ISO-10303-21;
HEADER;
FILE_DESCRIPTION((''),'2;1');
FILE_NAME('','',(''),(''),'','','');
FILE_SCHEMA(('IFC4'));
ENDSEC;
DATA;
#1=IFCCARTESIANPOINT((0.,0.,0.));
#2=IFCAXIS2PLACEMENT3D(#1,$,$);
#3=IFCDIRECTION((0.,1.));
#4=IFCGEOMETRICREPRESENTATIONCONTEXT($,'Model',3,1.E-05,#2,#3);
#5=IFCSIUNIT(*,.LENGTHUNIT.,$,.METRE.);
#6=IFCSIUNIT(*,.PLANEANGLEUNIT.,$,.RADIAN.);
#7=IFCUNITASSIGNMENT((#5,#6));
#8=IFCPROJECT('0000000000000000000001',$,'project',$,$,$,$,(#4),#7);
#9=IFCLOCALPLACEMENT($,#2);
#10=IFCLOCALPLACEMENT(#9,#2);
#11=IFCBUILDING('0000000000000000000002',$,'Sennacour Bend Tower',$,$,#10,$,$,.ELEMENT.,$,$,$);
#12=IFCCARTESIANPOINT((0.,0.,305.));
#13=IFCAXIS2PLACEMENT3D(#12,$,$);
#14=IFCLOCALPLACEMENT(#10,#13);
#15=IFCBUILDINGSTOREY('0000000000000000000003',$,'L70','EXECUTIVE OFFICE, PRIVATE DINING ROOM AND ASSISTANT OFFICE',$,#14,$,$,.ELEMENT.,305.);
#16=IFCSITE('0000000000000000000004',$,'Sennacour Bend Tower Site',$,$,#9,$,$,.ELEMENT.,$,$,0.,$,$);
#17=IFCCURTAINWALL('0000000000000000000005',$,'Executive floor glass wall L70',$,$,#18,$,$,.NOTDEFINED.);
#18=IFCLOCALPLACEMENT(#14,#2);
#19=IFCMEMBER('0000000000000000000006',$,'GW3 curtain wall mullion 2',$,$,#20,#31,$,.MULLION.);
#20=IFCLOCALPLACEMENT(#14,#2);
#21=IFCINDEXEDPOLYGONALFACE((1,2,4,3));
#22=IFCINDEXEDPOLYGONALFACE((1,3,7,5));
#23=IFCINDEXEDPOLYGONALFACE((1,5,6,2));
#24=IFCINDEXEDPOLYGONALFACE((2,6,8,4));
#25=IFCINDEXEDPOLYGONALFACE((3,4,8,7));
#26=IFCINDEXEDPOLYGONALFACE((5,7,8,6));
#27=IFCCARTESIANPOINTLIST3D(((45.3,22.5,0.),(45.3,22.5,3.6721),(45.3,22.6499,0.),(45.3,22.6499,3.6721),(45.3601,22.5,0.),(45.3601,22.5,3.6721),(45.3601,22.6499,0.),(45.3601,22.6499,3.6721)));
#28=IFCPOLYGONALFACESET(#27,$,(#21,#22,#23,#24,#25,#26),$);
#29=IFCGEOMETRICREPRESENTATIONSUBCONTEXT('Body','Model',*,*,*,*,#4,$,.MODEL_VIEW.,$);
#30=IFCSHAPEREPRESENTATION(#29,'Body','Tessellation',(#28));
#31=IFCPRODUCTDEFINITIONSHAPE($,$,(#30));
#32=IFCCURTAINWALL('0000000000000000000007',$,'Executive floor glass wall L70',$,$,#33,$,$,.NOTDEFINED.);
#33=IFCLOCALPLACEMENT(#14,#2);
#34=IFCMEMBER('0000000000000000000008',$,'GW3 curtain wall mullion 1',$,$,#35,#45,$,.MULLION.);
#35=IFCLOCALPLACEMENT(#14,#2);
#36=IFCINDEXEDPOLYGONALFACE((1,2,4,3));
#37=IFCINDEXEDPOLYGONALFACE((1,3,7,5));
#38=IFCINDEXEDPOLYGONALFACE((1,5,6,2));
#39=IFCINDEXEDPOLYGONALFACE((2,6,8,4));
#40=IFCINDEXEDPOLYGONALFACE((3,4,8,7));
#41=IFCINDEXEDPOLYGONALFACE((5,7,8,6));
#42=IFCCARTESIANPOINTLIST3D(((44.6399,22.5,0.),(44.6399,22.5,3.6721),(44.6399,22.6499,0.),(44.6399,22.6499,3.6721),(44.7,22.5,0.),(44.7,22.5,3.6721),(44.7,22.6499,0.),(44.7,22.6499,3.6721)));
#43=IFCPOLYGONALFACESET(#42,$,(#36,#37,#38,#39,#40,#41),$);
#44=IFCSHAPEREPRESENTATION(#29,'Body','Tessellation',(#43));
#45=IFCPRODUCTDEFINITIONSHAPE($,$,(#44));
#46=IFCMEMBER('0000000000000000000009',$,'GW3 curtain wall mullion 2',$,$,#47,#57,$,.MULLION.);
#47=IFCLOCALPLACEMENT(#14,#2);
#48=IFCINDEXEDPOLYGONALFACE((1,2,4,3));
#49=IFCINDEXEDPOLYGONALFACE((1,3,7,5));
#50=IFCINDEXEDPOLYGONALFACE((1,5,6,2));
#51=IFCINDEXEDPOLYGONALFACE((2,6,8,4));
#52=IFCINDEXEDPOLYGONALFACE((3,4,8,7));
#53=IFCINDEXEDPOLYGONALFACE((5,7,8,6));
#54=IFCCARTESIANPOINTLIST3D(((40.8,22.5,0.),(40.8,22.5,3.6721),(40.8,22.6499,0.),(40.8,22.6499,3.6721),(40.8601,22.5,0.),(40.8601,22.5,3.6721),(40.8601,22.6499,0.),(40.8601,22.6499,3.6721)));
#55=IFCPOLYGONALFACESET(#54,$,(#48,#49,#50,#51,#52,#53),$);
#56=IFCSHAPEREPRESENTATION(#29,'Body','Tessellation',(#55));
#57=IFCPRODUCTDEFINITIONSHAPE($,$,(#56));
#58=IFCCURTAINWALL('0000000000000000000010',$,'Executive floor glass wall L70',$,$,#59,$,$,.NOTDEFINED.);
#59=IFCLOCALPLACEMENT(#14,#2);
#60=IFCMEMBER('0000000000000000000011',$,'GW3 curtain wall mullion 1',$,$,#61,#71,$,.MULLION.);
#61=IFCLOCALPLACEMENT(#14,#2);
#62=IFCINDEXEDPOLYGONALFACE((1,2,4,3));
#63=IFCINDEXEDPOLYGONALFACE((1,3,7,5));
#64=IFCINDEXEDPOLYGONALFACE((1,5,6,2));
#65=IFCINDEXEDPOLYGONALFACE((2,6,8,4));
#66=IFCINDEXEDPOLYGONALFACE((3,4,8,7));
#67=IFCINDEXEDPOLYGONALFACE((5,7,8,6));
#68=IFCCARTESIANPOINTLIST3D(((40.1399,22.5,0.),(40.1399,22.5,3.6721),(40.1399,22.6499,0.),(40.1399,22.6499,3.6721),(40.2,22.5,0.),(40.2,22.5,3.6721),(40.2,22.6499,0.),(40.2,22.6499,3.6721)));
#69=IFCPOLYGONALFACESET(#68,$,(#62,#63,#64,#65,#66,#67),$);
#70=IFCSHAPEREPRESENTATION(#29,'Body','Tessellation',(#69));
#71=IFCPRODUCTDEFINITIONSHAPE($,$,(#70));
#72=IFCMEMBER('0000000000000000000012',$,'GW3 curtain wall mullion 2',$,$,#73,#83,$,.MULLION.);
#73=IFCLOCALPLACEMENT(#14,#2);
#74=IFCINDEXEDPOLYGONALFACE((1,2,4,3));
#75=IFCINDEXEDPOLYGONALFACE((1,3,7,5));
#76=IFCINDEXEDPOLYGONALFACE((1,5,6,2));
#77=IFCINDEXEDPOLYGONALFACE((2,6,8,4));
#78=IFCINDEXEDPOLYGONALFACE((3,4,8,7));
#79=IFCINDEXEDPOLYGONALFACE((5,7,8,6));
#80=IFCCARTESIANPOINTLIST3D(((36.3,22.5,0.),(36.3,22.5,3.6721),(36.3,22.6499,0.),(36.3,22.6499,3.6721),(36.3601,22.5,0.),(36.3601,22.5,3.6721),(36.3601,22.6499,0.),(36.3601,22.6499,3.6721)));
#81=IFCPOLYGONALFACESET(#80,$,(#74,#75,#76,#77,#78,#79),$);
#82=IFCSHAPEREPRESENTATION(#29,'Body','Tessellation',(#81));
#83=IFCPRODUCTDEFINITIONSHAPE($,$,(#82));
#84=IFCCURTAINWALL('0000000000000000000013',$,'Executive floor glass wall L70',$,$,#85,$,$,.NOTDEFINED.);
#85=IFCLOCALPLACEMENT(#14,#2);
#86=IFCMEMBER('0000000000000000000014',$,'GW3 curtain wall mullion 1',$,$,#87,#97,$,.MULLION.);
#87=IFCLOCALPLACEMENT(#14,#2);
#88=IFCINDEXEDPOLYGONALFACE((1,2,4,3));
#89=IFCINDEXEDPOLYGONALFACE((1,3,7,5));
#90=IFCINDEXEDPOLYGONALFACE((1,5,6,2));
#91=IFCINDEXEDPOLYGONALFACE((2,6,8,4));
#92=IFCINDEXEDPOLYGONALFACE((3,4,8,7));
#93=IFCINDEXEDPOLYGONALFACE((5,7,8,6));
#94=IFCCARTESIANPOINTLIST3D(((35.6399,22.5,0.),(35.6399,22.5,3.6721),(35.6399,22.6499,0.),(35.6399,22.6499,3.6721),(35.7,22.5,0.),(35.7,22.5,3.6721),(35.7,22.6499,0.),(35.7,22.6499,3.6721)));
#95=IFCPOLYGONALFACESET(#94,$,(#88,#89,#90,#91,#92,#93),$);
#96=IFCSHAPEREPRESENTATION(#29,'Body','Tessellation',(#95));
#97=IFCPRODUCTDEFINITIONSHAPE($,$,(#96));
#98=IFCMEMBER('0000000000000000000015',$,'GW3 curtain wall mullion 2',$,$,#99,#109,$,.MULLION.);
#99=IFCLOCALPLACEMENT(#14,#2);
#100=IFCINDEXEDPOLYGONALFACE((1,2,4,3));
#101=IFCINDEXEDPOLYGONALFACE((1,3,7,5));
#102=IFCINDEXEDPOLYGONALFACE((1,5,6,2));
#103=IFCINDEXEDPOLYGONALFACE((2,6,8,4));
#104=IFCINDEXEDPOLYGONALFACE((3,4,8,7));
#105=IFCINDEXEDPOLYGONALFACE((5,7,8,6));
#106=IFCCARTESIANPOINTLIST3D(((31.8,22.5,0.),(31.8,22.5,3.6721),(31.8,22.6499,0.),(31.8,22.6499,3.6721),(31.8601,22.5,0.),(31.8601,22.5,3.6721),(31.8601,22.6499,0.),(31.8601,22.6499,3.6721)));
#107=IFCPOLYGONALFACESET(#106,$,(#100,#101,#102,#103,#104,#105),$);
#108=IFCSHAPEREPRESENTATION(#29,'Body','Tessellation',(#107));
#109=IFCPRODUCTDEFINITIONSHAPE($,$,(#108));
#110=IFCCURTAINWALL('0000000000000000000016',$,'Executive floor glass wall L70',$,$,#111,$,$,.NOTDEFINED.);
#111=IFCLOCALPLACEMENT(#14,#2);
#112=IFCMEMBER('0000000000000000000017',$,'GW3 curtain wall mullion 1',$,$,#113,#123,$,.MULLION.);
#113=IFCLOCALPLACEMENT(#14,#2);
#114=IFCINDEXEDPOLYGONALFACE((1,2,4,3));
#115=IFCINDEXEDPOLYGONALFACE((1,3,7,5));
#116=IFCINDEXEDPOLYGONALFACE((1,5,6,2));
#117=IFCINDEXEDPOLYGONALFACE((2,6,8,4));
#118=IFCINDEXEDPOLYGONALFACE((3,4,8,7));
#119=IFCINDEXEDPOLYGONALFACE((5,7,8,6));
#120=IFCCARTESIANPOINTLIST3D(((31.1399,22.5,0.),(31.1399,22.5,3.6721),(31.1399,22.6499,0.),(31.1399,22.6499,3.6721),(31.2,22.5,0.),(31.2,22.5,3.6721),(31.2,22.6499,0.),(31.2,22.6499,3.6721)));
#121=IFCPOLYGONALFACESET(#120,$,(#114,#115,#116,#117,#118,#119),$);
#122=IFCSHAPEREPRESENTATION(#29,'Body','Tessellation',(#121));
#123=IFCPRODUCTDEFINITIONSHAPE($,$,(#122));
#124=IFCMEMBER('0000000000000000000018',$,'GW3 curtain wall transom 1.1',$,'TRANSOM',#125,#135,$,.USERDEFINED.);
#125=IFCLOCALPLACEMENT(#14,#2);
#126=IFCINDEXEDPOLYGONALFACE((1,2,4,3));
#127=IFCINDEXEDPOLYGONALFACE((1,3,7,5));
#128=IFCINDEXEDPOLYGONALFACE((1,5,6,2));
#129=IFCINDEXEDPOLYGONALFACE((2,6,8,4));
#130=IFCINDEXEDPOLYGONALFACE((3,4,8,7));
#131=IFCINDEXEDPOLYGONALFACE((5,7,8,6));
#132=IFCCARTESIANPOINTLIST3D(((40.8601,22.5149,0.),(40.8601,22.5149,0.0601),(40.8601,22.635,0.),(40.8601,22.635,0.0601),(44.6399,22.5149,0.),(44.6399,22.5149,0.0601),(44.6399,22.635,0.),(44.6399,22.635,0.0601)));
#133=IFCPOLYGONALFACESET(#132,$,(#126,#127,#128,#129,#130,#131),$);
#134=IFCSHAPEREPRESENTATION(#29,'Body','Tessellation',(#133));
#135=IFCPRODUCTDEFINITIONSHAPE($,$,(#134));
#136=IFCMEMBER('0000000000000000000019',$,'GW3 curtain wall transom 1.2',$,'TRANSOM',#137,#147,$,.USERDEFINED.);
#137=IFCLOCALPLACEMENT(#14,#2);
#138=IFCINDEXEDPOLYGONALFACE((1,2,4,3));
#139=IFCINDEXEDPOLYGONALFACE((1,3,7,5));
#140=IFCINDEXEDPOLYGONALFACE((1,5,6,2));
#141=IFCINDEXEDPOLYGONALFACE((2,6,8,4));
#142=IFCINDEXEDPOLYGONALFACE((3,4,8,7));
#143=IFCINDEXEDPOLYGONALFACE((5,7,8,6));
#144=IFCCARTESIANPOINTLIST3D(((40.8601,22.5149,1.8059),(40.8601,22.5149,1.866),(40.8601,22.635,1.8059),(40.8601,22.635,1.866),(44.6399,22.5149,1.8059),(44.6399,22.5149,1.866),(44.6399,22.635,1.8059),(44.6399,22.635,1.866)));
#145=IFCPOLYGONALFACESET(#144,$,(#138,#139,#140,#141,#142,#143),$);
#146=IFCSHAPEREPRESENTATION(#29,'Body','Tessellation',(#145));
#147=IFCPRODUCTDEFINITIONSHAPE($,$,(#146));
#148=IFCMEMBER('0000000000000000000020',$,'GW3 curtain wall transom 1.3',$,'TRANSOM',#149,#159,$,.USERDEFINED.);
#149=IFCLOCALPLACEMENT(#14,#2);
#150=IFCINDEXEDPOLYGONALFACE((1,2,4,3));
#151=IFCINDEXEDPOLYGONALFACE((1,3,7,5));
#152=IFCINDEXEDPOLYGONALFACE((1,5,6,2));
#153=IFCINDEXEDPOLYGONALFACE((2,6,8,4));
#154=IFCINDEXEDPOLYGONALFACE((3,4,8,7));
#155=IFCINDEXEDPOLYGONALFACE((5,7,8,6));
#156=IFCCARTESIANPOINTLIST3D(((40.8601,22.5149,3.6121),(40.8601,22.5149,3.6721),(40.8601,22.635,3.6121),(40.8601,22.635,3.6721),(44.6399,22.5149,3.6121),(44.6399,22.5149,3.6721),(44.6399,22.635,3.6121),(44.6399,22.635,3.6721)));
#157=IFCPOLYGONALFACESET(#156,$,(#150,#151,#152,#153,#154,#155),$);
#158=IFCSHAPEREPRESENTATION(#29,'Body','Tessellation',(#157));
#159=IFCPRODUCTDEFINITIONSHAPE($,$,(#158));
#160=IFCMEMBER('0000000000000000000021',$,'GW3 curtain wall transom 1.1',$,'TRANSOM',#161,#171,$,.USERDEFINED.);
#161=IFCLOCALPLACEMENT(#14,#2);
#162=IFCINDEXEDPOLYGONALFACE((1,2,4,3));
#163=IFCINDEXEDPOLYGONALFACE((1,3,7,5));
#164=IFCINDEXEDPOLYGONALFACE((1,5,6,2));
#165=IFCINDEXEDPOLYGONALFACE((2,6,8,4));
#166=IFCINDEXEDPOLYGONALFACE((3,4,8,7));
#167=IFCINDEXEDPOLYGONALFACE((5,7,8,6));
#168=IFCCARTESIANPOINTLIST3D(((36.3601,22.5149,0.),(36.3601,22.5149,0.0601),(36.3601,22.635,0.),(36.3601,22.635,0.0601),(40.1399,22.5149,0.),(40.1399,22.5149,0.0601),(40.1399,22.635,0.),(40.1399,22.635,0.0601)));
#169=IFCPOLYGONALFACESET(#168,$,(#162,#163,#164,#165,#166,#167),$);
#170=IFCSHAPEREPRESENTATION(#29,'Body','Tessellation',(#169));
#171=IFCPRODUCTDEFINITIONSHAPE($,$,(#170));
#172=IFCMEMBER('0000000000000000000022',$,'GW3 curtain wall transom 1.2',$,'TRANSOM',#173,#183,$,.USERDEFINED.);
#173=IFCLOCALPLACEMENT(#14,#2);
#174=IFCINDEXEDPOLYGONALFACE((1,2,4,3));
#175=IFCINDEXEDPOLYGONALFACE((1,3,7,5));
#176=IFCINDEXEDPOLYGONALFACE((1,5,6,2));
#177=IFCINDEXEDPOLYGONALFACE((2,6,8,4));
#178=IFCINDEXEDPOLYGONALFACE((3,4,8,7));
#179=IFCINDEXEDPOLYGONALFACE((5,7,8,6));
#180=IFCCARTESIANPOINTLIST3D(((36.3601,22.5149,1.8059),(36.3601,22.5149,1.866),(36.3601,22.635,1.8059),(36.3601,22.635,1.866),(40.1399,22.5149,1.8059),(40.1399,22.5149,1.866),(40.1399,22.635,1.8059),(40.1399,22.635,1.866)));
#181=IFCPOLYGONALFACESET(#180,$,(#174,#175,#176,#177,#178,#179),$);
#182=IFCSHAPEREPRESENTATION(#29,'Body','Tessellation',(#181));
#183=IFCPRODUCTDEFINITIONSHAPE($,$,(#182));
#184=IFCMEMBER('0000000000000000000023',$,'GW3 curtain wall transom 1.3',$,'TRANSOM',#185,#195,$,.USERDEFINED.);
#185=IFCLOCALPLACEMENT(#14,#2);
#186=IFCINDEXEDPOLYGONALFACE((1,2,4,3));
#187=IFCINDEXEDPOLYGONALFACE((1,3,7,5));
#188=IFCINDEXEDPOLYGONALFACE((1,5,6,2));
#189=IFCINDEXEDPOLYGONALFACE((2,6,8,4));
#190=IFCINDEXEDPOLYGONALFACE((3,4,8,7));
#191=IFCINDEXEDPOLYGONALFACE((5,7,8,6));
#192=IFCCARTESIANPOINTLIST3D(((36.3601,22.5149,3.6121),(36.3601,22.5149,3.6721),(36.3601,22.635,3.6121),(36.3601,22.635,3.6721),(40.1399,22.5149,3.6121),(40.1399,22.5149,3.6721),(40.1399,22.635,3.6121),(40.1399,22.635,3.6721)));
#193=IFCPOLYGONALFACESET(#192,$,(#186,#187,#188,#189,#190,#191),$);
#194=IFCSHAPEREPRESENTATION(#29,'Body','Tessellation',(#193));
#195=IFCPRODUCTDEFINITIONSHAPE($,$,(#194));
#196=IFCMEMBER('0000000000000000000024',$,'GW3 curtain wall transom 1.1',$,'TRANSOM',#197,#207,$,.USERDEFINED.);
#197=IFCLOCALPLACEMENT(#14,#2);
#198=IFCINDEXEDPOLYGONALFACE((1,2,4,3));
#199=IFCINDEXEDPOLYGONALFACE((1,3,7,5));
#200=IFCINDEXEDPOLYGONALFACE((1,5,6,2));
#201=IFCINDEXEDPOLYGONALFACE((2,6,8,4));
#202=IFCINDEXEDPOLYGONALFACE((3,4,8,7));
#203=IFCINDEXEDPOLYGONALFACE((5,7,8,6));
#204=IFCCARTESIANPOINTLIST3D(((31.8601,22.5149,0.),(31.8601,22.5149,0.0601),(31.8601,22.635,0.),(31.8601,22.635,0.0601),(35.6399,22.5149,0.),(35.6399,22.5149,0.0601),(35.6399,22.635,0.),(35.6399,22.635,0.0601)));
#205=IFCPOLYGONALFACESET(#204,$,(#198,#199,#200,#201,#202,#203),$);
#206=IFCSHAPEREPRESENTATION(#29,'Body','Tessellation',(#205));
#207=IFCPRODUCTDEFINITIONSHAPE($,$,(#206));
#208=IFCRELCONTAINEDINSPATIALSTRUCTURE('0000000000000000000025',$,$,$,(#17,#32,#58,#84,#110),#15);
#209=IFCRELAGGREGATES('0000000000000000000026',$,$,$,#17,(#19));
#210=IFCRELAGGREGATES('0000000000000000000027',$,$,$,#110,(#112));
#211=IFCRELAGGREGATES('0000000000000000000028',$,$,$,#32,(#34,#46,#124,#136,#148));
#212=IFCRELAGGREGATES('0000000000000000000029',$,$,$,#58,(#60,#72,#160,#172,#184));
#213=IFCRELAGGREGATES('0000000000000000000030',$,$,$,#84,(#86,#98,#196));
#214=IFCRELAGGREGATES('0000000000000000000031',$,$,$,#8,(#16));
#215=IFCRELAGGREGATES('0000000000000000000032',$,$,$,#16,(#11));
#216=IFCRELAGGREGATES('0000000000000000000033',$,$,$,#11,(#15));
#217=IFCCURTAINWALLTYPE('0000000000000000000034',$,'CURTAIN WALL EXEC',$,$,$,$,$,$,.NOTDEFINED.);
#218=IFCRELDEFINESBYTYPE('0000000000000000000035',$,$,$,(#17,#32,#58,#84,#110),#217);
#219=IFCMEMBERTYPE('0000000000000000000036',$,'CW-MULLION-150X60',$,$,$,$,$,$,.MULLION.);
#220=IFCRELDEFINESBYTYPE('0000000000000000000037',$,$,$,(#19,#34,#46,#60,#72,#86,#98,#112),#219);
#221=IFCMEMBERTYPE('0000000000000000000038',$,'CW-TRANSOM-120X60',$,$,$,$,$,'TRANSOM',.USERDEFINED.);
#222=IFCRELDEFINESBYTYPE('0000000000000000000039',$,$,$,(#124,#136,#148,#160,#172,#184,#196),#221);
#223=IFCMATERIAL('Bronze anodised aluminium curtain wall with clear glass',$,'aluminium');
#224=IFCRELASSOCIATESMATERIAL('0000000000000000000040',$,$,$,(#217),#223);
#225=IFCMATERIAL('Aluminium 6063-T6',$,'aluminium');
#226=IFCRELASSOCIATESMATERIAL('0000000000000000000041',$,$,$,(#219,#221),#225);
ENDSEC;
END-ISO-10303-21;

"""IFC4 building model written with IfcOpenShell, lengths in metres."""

from ifc_helpers import new_model, si_unit, direction, frame, origin, origin_2d, place, context, subcontext, project, spatial, rectangle, extrude, material, material_profile, profile_set, type_object, element, aggregate, save


model = new_model("IFC4")

# Units and contexts
model_context = context("Model", 3, precision=1e-05, world=origin(), true_north=direction((0.0, 1.0)))
body_context = subcontext(model_context, "Body", "Model", "MODEL_VIEW")
ifc_project = project(units=[si_unit("LENGTHUNIT", "METRE"), si_unit("PLANEANGLEUNIT", "RADIAN")], contexts=[model_context])

# Site, building, storey
site_placement = place(None, origin())
site = spatial("IfcSite", under=ifc_project, at=site_placement, Name="Sennacour Bend Tower Site", CompositionType="ELEMENT", RefElevation=0.0)
building_placement = place(site_placement, origin())
building = spatial("IfcBuilding", under=site, at=building_placement, Name="Sennacour Bend Tower", CompositionType="ELEMENT")
storey_placement = place(building_placement, frame((0.0, 0.0, 305.0)))
storey = spatial("IfcBuildingStorey", under=building, at=storey_placement, Name="L70", Description="EXECUTIVE OFFICE, PRIVATE DINING ROOM AND ASSISTANT OFFICE", CompositionType="ELEMENT", Elevation=305.0)

# Curtain wall, member
ifc_material_1 = material(Name="Bronze anodised aluminium curtain wall with clear glass", Category="aluminium")
curtain_wall_type = type_object("IfcCurtainWallType", Name="CURTAIN WALL EXEC", PredefinedType="NOTDEFINED", material=ifc_material_1)
curtain_wall_1_placement = place(storey_placement, origin())
curtain_wall_1 = element("IfcCurtainWall", 1, at=curtain_wall_1_placement, inside=storey, type_object=curtain_wall_type, Name="Executive floor glass wall L70", PredefinedType="NOTDEFINED")
ifc_material_2 = material(Name="Aluminium 6063-T6", Category="aluminium")
ifc_material_profile_1 = material_profile(ifc_material_2, rectangle(XDim=0.1499, YDim=0.0601, at=origin_2d()), Name="Aluminium 6063-T6", Category="aluminium")
ifc_profile_set_1 = profile_set([ifc_material_profile_1], Name="Aluminium 6063-T6")
member_type_1 = type_object("IfcMemberType", Name="CW-MULLION-150X60", PredefinedType="MULLION", material=ifc_profile_set_1)
member_1_placement = place(storey_placement, frame((45.3301, 22.575, 0.0), z_axis=(0.0, 0.0, 1.0), x_axis=(0.0, -1.0, 0.0)))
member_1 = element("IfcMember", 2, at=member_1_placement, type_object=member_type_1, Name="GW3 curtain wall mullion 2", PredefinedType="MULLION", context=body_context, shape_type="SweptSolid", body=[
    extrude(rectangle(XDim=0.1499, YDim=0.0601, at=origin_2d()), origin(), (0.0, 0.0, 1.0), 3.6721),
])
aggregate(curtain_wall_1, [member_1])

# Curtain walls, members
curtain_wall_2_placement = place(storey_placement, origin())
curtain_wall_2 = element("IfcCurtainWall", 3, at=curtain_wall_2_placement, inside=storey, type_object=curtain_wall_type, Name="Executive floor glass wall L70", PredefinedType="NOTDEFINED")
member_2_placement = place(storey_placement, frame((44.6699, 22.575, 0.0), z_axis=(0.0, 0.0, 1.0), x_axis=(0.0, -1.0, 0.0)))
member_2 = element("IfcMember", 4, at=member_2_placement, type_object=member_type_1, Name="GW3 curtain wall mullion 1", PredefinedType="MULLION", context=body_context, shape_type="SweptSolid", body=[
    extrude(rectangle(XDim=0.1499, YDim=0.0601, at=origin_2d()), origin(), (0.0, 0.0, 1.0), 3.6721),
])
member_3_placement = place(storey_placement, frame((40.8301, 22.575, 0.0), z_axis=(0.0, 0.0, 1.0), x_axis=(0.0, -1.0, 0.0)))
member_3 = element("IfcMember", 5, at=member_3_placement, type_object=member_type_1, Name="GW3 curtain wall mullion 2", PredefinedType="MULLION", context=body_context, shape_type="SweptSolid", body=[
    extrude(rectangle(XDim=0.1499, YDim=0.0601, at=origin_2d()), origin(), (0.0, 0.0, 1.0), 3.6721),
])
curtain_wall_3_placement = place(storey_placement, origin())
curtain_wall_3 = element("IfcCurtainWall", 6, at=curtain_wall_3_placement, inside=storey, type_object=curtain_wall_type, Name="Executive floor glass wall L70", PredefinedType="NOTDEFINED")
member_4_placement = place(storey_placement, frame((40.1699, 22.575, 0.0), z_axis=(0.0, 0.0, 1.0), x_axis=(0.0, -1.0, 0.0)))
member_4 = element("IfcMember", 7, at=member_4_placement, type_object=member_type_1, Name="GW3 curtain wall mullion 1", PredefinedType="MULLION", context=body_context, shape_type="SweptSolid", body=[
    extrude(rectangle(XDim=0.1499, YDim=0.0601, at=origin_2d()), origin(), (0.0, 0.0, 1.0), 3.6721),
])
member_5_placement = place(storey_placement, frame((36.3301, 22.575, 0.0), z_axis=(0.0, 0.0, 1.0), x_axis=(0.0, -1.0, 0.0)))
member_5 = element("IfcMember", 8, at=member_5_placement, type_object=member_type_1, Name="GW3 curtain wall mullion 2", PredefinedType="MULLION", context=body_context, shape_type="SweptSolid", body=[
    extrude(rectangle(XDim=0.1499, YDim=0.0601, at=origin_2d()), origin(), (0.0, 0.0, 1.0), 3.6721),
])
curtain_wall_4_placement = place(storey_placement, origin())
curtain_wall_4 = element("IfcCurtainWall", 9, at=curtain_wall_4_placement, inside=storey, type_object=curtain_wall_type, Name="Executive floor glass wall L70", PredefinedType="NOTDEFINED")
member_6_placement = place(storey_placement, frame((35.6699, 22.575, 0.0), z_axis=(0.0, 0.0, 1.0), x_axis=(0.0, -1.0, 0.0)))
member_6 = element("IfcMember", 10, at=member_6_placement, type_object=member_type_1, Name="GW3 curtain wall mullion 1", PredefinedType="MULLION", context=body_context, shape_type="SweptSolid", body=[
    extrude(rectangle(XDim=0.1499, YDim=0.0601, at=origin_2d()), origin(), (0.0, 0.0, 1.0), 3.6721),
])
member_7_placement = place(storey_placement, frame((31.8301, 22.575, 0.0), z_axis=(0.0, 0.0, 1.0), x_axis=(0.0, -1.0, 0.0)))
member_7 = element("IfcMember", 11, at=member_7_placement, type_object=member_type_1, Name="GW3 curtain wall mullion 2", PredefinedType="MULLION", context=body_context, shape_type="SweptSolid", body=[
    extrude(rectangle(XDim=0.1499, YDim=0.0601, at=origin_2d()), origin(), (0.0, 0.0, 1.0), 3.6721),
])

# Curtain wall, member
curtain_wall_5_placement = place(storey_placement, origin())
curtain_wall_5 = element("IfcCurtainWall", 12, at=curtain_wall_5_placement, inside=storey, type_object=curtain_wall_type, Name="Executive floor glass wall L70", PredefinedType="NOTDEFINED")
member_8_placement = place(storey_placement, frame((31.1699, 22.575, 0.0), z_axis=(0.0, 0.0, 1.0), x_axis=(0.0, -1.0, 0.0)))
member_8 = element("IfcMember", 13, at=member_8_placement, type_object=member_type_1, Name="GW3 curtain wall mullion 1", PredefinedType="MULLION", context=body_context, shape_type="SweptSolid", body=[
    extrude(rectangle(XDim=0.1499, YDim=0.0601, at=origin_2d()), origin(), (0.0, 0.0, 1.0), 3.6721),
])

# Members
ifc_material_profile_2 = material_profile(ifc_material_2, rectangle(XDim=0.1201, YDim=0.0601, at=origin_2d()), Name="Aluminium 6063-T6", Category="aluminium")
ifc_profile_set_2 = profile_set([ifc_material_profile_2], Name="Aluminium 6063-T6")
member_type_2 = type_object("IfcMemberType", Name="CW-TRANSOM-120X60", ElementType="TRANSOM", PredefinedType="USERDEFINED", material=ifc_profile_set_2)
member_9_placement = place(storey_placement, frame((44.6399, 22.575, 0.03), z_axis=(-1.0, 0.0, 0.0), x_axis=(0.0, -1.0, 0.0)))
member_9 = element("IfcMember", 14, at=member_9_placement, type_object=member_type_2, Name="GW3 curtain wall transom 1.1", ObjectType="TRANSOM", PredefinedType="USERDEFINED", context=body_context, shape_type="SweptSolid", body=[
    extrude(rectangle(XDim=0.1201, YDim=0.0601, at=origin_2d()), origin(), (0.0, 0.0, 1.0), 3.7798),
])
member_10_placement = place(storey_placement, frame((44.6399, 22.575, 1.8359), z_axis=(-1.0, 0.0, 0.0), x_axis=(0.0, -1.0, 0.0)))
member_10 = element("IfcMember", 15, at=member_10_placement, type_object=member_type_2, Name="GW3 curtain wall transom 1.2", ObjectType="TRANSOM", PredefinedType="USERDEFINED", context=body_context, shape_type="SweptSolid", body=[
    extrude(rectangle(XDim=0.1201, YDim=0.0601, at=origin_2d()), origin(), (0.0, 0.0, 1.0), 3.7798),
])
member_11_placement = place(storey_placement, frame((44.6399, 22.575, 3.6421), z_axis=(-1.0, 0.0, 0.0), x_axis=(0.0, -1.0, 0.0)))
member_11 = element("IfcMember", 16, at=member_11_placement, type_object=member_type_2, Name="GW3 curtain wall transom 1.3", ObjectType="TRANSOM", PredefinedType="USERDEFINED", context=body_context, shape_type="SweptSolid", body=[
    extrude(rectangle(XDim=0.1201, YDim=0.0601, at=origin_2d()), origin(), (0.0, 0.0, 1.0), 3.7798),
])
member_12_placement = place(storey_placement, frame((40.1399, 22.575, 0.03), z_axis=(-1.0, 0.0, 0.0), x_axis=(0.0, -1.0, 0.0)))
member_12 = element("IfcMember", 17, at=member_12_placement, type_object=member_type_2, Name="GW3 curtain wall transom 1.1", ObjectType="TRANSOM", PredefinedType="USERDEFINED", context=body_context, shape_type="SweptSolid", body=[
    extrude(rectangle(XDim=0.1201, YDim=0.0601, at=origin_2d()), origin(), (0.0, 0.0, 1.0), 3.7798),
])
member_13_placement = place(storey_placement, frame((40.1399, 22.575, 1.8359), z_axis=(-1.0, 0.0, 0.0), x_axis=(0.0, -1.0, 0.0)))
member_13 = element("IfcMember", 18, at=member_13_placement, type_object=member_type_2, Name="GW3 curtain wall transom 1.2", ObjectType="TRANSOM", PredefinedType="USERDEFINED", context=body_context, shape_type="SweptSolid", body=[
    extrude(rectangle(XDim=0.1201, YDim=0.0601, at=origin_2d()), origin(), (0.0, 0.0, 1.0), 3.7798),
])
member_14_placement = place(storey_placement, frame((40.1399, 22.575, 3.6421), z_axis=(-1.0, 0.0, 0.0), x_axis=(0.0, -1.0, 0.0)))
member_14 = element("IfcMember", 19, at=member_14_placement, type_object=member_type_2, Name="GW3 curtain wall transom 1.3", ObjectType="TRANSOM", PredefinedType="USERDEFINED", context=body_context, shape_type="SweptSolid", body=[
    extrude(rectangle(XDim=0.1201, YDim=0.0601, at=origin_2d()), origin(), (0.0, 0.0, 1.0), 3.7798),
])
member_15_placement = place(storey_placement, frame((35.6399, 22.575, 0.03), z_axis=(-1.0, 0.0, 0.0), x_axis=(0.0, -1.0, 0.0)))
member_15 = element("IfcMember", 20, at=member_15_placement, type_object=member_type_2, Name="GW3 curtain wall transom 1.1", ObjectType="TRANSOM", PredefinedType="USERDEFINED", context=body_context, shape_type="SweptSolid", body=[
    extrude(rectangle(XDim=0.1201, YDim=0.0601, at=origin_2d()), origin(), (0.0, 0.0, 1.0), 3.7798),
])
aggregate(curtain_wall_5, [member_8])

aggregate(curtain_wall_2, [member_2, member_3, member_9, member_10, member_11])
aggregate(curtain_wall_3, [member_4, member_5, member_12, member_13, member_14])
aggregate(curtain_wall_4, [member_6, member_7, member_15])

save(model, "model.ifc")
